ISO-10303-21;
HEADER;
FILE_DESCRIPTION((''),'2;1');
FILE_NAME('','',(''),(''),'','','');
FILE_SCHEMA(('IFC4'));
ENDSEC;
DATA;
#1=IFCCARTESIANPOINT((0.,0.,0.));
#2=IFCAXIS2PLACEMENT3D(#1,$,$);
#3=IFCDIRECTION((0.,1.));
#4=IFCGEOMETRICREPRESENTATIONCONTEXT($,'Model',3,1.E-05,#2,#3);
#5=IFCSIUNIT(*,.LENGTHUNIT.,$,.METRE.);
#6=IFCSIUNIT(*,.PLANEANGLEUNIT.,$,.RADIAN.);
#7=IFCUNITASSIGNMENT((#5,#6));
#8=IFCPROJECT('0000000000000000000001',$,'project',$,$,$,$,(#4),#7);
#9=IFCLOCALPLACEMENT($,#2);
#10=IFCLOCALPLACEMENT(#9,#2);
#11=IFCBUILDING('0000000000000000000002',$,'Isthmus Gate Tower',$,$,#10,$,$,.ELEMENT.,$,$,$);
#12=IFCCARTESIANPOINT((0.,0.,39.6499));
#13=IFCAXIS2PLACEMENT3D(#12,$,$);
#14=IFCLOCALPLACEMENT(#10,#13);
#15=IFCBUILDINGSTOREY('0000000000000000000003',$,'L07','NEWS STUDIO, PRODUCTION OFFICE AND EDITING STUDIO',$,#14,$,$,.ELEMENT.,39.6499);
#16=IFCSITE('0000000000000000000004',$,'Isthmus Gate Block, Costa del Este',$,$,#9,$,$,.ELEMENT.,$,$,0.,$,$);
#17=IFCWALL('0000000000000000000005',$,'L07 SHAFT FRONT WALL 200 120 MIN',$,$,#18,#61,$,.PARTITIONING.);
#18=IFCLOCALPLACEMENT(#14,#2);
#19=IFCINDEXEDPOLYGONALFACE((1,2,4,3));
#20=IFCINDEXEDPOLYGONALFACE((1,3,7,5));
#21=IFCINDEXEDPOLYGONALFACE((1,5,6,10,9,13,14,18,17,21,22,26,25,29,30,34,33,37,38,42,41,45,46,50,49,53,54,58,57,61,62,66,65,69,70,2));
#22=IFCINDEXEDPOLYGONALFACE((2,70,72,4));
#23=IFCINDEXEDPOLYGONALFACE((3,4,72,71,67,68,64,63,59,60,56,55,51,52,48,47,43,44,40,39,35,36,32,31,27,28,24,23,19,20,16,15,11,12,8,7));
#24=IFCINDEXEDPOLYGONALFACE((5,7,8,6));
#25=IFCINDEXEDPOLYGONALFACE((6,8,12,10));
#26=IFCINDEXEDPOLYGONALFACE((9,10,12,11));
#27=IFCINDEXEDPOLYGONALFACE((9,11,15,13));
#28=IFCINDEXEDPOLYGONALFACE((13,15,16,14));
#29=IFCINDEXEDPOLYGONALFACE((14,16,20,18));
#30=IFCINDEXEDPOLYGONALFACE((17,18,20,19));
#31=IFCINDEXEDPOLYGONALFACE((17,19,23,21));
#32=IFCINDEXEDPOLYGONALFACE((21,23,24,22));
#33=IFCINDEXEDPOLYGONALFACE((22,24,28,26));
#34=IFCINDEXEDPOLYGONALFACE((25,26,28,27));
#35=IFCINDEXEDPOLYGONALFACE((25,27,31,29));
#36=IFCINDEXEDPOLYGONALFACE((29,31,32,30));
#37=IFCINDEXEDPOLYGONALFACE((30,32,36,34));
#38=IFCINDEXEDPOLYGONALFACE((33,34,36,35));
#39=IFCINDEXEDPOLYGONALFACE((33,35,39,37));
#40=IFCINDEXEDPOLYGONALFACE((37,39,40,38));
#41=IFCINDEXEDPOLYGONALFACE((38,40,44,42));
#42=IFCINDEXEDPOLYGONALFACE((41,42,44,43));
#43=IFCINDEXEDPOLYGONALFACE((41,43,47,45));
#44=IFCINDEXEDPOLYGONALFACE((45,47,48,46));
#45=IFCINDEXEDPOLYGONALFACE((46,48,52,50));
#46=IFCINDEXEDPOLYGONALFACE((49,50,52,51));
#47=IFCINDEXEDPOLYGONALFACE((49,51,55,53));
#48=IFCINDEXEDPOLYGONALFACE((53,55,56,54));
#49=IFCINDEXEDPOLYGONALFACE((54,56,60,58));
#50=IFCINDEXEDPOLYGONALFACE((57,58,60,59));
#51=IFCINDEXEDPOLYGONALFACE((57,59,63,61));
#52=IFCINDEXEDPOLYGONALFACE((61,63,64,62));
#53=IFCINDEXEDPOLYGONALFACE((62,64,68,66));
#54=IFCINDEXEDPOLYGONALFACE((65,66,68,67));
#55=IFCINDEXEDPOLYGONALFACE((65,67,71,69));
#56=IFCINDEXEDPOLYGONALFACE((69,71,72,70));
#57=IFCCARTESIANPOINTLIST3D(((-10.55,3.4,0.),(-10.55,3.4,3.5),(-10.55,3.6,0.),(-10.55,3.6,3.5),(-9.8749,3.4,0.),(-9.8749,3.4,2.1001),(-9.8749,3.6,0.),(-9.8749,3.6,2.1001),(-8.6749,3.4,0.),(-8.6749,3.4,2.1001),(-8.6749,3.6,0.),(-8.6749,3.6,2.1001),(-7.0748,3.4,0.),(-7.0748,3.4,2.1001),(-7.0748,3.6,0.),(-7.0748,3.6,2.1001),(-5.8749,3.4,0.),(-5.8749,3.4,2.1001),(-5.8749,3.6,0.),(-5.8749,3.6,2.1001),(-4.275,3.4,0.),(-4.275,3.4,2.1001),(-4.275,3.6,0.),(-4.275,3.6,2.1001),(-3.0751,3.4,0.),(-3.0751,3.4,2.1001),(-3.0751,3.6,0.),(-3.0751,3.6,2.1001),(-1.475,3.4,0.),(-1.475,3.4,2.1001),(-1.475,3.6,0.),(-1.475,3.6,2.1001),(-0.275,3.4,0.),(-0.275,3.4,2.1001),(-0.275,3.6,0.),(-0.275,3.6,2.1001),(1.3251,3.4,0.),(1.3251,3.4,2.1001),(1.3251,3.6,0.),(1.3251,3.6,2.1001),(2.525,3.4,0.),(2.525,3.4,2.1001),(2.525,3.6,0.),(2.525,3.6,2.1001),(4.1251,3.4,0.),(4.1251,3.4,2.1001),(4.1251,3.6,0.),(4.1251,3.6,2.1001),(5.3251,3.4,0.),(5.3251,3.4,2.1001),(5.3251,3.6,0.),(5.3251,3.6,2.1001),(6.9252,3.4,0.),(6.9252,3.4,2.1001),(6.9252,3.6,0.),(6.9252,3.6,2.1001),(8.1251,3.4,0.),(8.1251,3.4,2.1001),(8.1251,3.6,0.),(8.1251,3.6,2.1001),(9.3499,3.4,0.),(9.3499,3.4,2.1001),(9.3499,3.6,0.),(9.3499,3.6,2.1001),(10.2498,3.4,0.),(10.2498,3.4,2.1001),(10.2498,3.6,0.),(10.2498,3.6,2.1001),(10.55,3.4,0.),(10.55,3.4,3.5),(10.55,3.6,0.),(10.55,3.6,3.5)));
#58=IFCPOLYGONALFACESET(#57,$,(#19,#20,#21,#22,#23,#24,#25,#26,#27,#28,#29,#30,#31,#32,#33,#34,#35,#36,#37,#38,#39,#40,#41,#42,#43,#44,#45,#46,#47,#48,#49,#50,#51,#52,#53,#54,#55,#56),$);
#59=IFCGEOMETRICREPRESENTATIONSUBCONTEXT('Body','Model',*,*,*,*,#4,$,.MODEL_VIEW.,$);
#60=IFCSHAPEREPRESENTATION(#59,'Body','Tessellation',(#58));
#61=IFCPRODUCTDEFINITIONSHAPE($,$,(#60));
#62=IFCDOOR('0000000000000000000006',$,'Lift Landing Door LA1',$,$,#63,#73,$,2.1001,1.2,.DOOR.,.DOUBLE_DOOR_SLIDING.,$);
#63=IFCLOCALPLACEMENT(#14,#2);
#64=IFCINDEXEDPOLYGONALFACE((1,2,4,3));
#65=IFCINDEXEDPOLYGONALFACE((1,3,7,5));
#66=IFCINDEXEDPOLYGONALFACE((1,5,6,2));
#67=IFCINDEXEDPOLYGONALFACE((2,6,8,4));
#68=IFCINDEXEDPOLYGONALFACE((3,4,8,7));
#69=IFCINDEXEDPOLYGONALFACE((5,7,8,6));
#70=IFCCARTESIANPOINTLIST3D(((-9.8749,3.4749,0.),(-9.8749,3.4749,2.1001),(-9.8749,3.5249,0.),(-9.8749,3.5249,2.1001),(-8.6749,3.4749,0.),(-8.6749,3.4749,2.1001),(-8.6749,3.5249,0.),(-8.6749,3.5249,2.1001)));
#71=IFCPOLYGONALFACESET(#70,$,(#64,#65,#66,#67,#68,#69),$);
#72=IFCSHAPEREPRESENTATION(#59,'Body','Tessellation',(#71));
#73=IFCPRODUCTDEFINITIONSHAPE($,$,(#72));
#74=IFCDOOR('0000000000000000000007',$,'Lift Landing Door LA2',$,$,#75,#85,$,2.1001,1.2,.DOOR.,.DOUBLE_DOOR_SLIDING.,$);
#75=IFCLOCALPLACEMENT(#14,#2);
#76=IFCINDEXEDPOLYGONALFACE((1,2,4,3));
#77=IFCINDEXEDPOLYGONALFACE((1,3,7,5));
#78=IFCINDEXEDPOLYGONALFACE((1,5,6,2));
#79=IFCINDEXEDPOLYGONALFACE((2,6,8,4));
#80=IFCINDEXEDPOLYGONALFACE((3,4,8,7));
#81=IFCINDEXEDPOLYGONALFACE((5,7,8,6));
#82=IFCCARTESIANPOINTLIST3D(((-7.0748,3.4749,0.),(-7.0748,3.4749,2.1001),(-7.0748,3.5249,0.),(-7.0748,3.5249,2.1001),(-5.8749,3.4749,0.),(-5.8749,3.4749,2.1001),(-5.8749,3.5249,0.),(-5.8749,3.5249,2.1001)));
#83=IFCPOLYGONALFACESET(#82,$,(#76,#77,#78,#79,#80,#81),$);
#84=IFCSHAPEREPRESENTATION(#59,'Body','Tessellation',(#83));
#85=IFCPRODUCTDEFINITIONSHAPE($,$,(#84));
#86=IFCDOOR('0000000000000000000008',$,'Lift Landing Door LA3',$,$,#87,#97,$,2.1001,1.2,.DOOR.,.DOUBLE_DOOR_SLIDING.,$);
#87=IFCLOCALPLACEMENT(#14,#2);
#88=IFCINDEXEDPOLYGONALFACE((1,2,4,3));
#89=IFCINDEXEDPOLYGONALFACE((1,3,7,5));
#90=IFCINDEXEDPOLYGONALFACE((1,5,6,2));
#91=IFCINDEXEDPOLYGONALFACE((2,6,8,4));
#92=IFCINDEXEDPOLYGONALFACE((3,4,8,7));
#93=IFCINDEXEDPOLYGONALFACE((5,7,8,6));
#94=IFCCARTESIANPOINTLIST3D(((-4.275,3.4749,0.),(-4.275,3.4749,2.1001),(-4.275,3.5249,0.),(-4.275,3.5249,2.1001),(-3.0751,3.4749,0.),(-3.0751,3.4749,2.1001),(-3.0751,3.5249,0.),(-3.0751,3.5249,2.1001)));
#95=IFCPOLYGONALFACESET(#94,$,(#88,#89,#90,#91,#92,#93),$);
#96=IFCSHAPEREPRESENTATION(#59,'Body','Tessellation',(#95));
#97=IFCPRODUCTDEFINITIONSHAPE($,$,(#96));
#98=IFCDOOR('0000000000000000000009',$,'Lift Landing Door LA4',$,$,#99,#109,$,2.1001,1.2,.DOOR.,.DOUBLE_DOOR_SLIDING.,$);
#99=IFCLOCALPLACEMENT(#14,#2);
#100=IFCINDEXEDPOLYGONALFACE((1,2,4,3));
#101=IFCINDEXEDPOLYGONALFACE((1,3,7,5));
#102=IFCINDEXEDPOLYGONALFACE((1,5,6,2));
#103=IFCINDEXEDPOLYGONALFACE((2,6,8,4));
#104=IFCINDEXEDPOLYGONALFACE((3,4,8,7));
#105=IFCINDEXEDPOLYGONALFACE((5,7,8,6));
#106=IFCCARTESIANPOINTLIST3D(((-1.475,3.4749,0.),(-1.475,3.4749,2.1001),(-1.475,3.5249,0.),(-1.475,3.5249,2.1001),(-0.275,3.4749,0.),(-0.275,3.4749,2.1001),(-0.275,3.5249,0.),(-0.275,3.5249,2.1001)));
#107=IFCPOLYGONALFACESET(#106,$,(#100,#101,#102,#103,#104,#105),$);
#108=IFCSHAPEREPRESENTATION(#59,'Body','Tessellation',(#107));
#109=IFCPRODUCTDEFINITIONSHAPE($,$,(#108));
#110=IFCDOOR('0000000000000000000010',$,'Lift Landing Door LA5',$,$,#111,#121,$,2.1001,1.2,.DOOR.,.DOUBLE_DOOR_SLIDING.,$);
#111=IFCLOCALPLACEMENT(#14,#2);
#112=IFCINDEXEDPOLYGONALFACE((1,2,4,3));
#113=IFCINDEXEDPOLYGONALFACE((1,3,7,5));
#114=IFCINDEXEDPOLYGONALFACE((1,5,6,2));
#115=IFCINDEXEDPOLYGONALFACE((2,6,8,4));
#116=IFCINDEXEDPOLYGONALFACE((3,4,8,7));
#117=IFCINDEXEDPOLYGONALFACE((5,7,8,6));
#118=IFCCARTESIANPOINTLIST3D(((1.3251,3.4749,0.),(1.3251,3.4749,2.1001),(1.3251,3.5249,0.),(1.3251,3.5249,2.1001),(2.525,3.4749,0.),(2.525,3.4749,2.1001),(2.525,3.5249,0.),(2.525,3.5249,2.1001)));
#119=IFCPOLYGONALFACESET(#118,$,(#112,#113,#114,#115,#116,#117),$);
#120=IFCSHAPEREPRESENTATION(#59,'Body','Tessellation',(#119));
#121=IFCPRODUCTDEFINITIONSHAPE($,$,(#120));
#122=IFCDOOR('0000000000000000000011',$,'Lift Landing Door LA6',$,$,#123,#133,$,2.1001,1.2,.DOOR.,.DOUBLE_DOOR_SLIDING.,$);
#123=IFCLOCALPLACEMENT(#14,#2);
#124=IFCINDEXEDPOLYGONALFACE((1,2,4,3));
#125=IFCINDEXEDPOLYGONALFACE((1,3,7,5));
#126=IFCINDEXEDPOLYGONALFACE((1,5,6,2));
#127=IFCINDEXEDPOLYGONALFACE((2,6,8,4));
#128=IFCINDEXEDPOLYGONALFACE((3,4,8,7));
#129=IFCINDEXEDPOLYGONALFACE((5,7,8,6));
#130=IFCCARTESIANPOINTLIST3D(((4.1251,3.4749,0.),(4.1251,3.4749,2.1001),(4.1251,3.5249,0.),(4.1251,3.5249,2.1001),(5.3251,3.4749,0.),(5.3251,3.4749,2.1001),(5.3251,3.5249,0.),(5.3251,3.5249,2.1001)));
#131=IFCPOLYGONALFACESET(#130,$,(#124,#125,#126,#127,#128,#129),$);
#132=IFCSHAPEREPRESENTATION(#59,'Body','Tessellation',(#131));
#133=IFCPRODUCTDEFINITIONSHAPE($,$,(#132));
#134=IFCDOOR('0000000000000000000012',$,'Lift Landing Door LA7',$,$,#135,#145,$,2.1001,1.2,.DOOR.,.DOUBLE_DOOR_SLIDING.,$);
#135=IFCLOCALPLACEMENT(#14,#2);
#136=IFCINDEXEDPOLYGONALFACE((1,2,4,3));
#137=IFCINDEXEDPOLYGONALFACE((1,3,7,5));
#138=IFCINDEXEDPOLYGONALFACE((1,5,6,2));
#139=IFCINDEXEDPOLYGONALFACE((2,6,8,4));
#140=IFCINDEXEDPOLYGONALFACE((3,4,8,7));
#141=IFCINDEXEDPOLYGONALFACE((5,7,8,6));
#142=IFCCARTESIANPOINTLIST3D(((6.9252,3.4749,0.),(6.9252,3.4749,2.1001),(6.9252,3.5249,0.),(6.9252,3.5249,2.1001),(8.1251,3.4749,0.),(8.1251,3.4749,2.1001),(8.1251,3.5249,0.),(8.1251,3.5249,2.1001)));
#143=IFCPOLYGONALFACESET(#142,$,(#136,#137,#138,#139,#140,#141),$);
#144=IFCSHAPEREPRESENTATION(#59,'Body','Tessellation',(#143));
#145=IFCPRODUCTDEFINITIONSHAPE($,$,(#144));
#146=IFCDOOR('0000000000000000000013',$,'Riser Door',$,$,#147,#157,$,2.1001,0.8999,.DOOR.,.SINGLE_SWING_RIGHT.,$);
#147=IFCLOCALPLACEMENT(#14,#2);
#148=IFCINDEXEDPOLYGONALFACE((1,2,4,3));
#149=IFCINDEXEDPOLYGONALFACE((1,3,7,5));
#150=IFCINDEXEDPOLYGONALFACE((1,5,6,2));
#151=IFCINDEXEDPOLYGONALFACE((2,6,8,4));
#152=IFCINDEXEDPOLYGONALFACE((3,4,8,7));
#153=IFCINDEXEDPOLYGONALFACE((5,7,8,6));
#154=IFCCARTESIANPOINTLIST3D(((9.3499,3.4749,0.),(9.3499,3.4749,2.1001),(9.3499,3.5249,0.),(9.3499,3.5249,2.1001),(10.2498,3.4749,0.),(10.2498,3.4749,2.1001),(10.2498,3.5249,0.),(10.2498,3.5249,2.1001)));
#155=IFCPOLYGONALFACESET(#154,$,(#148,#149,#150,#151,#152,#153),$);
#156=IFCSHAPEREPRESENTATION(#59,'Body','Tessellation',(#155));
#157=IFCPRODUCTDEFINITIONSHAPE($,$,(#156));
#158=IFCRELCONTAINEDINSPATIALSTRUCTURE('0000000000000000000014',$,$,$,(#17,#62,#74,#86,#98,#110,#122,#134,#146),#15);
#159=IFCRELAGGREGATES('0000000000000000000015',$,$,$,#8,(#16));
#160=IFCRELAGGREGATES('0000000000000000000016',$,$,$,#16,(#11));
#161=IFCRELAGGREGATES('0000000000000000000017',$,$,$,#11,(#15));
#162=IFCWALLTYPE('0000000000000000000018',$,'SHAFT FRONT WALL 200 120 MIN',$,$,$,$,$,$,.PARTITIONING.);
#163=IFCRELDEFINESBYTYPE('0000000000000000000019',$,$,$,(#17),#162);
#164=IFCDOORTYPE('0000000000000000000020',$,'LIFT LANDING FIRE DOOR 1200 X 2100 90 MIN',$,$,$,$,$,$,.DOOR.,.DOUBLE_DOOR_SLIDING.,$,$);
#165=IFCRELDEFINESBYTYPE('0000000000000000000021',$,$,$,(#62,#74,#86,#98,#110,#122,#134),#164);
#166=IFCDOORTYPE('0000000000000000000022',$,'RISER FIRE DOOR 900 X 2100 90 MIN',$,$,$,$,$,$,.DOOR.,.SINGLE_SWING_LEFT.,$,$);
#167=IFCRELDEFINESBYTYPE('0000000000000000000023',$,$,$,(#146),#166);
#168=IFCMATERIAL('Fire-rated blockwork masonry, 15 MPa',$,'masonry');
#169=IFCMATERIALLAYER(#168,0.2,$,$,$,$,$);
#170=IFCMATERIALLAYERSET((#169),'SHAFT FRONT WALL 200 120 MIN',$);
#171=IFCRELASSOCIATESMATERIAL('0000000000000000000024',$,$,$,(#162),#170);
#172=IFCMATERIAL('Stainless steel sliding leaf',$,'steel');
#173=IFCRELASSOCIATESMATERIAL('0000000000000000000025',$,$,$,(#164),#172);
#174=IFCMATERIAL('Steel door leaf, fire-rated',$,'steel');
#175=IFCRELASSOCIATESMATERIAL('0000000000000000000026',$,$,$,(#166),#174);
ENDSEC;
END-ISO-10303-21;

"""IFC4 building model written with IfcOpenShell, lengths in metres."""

from ifc_helpers import new_model, si_unit, direction, frame, frame_2d, origin, place, context, subcontext, project, spatial, rectangle, extrude, material, layer, layer_set, type_object, element, fill, save


model = new_model("IFC4")

# Units and contexts
model_context = context("Model", 3, precision=1e-05, world=origin(), true_north=direction((0.0, 1.0)))
body_context = subcontext(model_context, "Body", "Model", "MODEL_VIEW")
ifc_project = project(units=[si_unit("LENGTHUNIT", "METRE"), si_unit("PLANEANGLEUNIT", "RADIAN")], contexts=[model_context])

# Site, building, storey
site_placement = place(None, origin())
site = spatial("IfcSite", under=ifc_project, at=site_placement, Name="Isthmus Gate Block, Costa del Este", CompositionType="ELEMENT", RefElevation=0.0)
building_placement = place(site_placement, origin())
building = spatial("IfcBuilding", under=site, at=building_placement, Name="Isthmus Gate Tower", CompositionType="ELEMENT")
storey_placement = place(building_placement, frame((0.0, 0.0, 39.6499)))
storey = spatial("IfcBuildingStorey", under=building, at=storey_placement, Name="L07", Description="NEWS STUDIO, PRODUCTION OFFICE AND EDITING STUDIO", CompositionType="ELEMENT", Elevation=39.6499)

# Wall, openings, doors
ifc_material_1 = material(Name="Fire-rated blockwork masonry, 15 MPa", Category="masonry")
ifc_layer_1 = layer(ifc_material_1, 0.2)
ifc_layer_set_1 = layer_set([ifc_layer_1], Name="SHAFT FRONT WALL 200 120 MIN")
wall_type_1 = type_object("IfcWallType", Name="SHAFT FRONT WALL 200 120 MIN", PredefinedType="PARTITIONING", material=ifc_layer_set_1)
wall_1_placement = place(storey_placement, frame((-10.55, 3.5, 0.0), z_axis=(0.0, 0.0, 1.0), x_axis=(1.0, 0.0, 0.0)))
wall_1 = element("IfcWall", 1, at=wall_1_placement, inside=storey, type_object=wall_type_1, Name="L07 SHAFT FRONT WALL 200 120 MIN", PredefinedType="PARTITIONING", context=body_context, shape_type="SweptSolid", body=[
    extrude(rectangle(XDim=21.1001, YDim=0.2, at=frame_2d((10.55, 0.0))), origin(), (0.0, 0.0, 1.0), 3.5),
])
opening_1_placement = place(wall_1_placement, frame((0.675, 0.0, 0.0)))
opening_1 = element("IfcOpeningElement", 2, at=opening_1_placement, cuts=wall_1, PredefinedType="OPENING", context=body_context, shape_type="SweptSolid", body=[
    extrude(rectangle(XDim=1.2, YDim=2.1001, at=frame_2d((0.6001, 1.05))), frame((0.0, 0.1099, 0.0), z_axis=(0.0, -1.0, 0.0), x_axis=(1.0, 0.0, 0.0)), (0.0, 0.0, 1.0), 0.22),
])
opening_2_placement = place(wall_1_placement, frame((3.4751, 0.0, 0.0)))
opening_2 = element("IfcOpeningElement", 3, at=opening_2_placement, cuts=wall_1, PredefinedType="OPENING", context=body_context, shape_type="SweptSolid", body=[
    extrude(rectangle(XDim=1.2, YDim=2.1001, at=frame_2d((0.6001, 1.05))), frame((0.0, 0.1099, 0.0), z_axis=(0.0, -1.0, 0.0), x_axis=(1.0, 0.0, 0.0)), (0.0, 0.0, 1.0), 0.22),
])
opening_3_placement = place(wall_1_placement, frame((6.2749, 0.0, 0.0)))
opening_3 = element("IfcOpeningElement", 4, at=opening_3_placement, cuts=wall_1, PredefinedType="OPENING", context=body_context, shape_type="SweptSolid", body=[
    extrude(rectangle(XDim=1.2, YDim=2.1001, at=frame_2d((0.6001, 1.05))), frame((0.0, 0.1099, 0.0), z_axis=(0.0, -1.0, 0.0), x_axis=(1.0, 0.0, 0.0)), (0.0, 0.0, 1.0), 0.22),
])
opening_4_placement = place(wall_1_placement, frame((9.075, 0.0, 0.0)))
opening_4 = element("IfcOpeningElement", 5, at=opening_4_placement, cuts=wall_1, PredefinedType="OPENING", context=body_context, shape_type="SweptSolid", body=[
    extrude(rectangle(XDim=1.2, YDim=2.1001, at=frame_2d((0.6001, 1.05))), frame((0.0, 0.1099, 0.0), z_axis=(0.0, -1.0, 0.0), x_axis=(1.0, 0.0, 0.0)), (0.0, 0.0, 1.0), 0.22),
])
opening_5_placement = place(wall_1_placement, frame((11.875, 0.0, 0.0)))
opening_5 = element("IfcOpeningElement", 6, at=opening_5_placement, cuts=wall_1, PredefinedType="OPENING", context=body_context, shape_type="SweptSolid", body=[
    extrude(rectangle(XDim=1.2, YDim=2.1001, at=frame_2d((0.6001, 1.05))), frame((0.0, 0.1099, 0.0), z_axis=(0.0, -1.0, 0.0), x_axis=(1.0, 0.0, 0.0)), (0.0, 0.0, 1.0), 0.22),
])
opening_6_placement = place(wall_1_placement, frame((14.675, 0.0, 0.0)))
opening_6 = element("IfcOpeningElement", 7, at=opening_6_placement, cuts=wall_1, PredefinedType="OPENING", context=body_context, shape_type="SweptSolid", body=[
    extrude(rectangle(XDim=1.2, YDim=2.1001, at=frame_2d((0.6001, 1.05))), frame((0.0, 0.1099, 0.0), z_axis=(0.0, -1.0, 0.0), x_axis=(1.0, 0.0, 0.0)), (0.0, 0.0, 1.0), 0.22),
])
opening_7_placement = place(wall_1_placement, frame((17.4751, 0.0, 0.0)))
opening_7 = element("IfcOpeningElement", 8, at=opening_7_placement, cuts=wall_1, PredefinedType="OPENING", context=body_context, shape_type="SweptSolid", body=[
    extrude(rectangle(XDim=1.2, YDim=2.1001, at=frame_2d((0.6001, 1.05))), frame((0.0, 0.1099, 0.0), z_axis=(0.0, -1.0, 0.0), x_axis=(1.0, 0.0, 0.0)), (0.0, 0.0, 1.0), 0.22),
])
opening_8_placement = place(wall_1_placement, frame((19.8999, 0.0, 0.0)))
opening_8 = element("IfcOpeningElement", 9, at=opening_8_placement, cuts=wall_1, PredefinedType="OPENING", context=body_context, shape_type="SweptSolid", body=[
    extrude(rectangle(XDim=0.8999, YDim=2.1001, at=frame_2d((0.45, 1.05))), frame((0.0, 0.1099, 0.0), z_axis=(0.0, -1.0, 0.0), x_axis=(1.0, 0.0, 0.0)), (0.0, 0.0, 1.0), 0.22),
])
ifc_material_2 = material(Name="Stainless steel sliding leaf", Category="steel")
door_type_1 = type_object("IfcDoorType", Name="LIFT LANDING FIRE DOOR 1200 X 2100 90 MIN", OperationType="DOUBLE_DOOR_SLIDING", PredefinedType="DOOR", material=ifc_material_2)
door_1_placement = place(opening_1_placement, origin())
door_1 = element("IfcDoor", 10, at=door_1_placement, inside=storey, type_object=door_type_1, Name="Lift Landing Door LA1", OperationType="DOUBLE_DOOR_SLIDING", OverallHeight=2.1001, OverallWidth=1.2, PredefinedType="DOOR", context=body_context, shape_type="SweptSolid", body=[
    extrude(rectangle(XDim=1.2, YDim=2.1001, at=frame_2d((0.6001, 1.05))), frame((0.0, 0.0249, 0.0), z_axis=(0.0, -1.0, 0.0), x_axis=(1.0, 0.0, 0.0)), (0.0, 0.0, 1.0), 0.05),
])
fill(opening_1, door_1)
door_2_placement = place(opening_2_placement, origin())
door_2 = element("IfcDoor", 11, at=door_2_placement, inside=storey, type_object=door_type_1, Name="Lift Landing Door LA2", OperationType="DOUBLE_DOOR_SLIDING", OverallHeight=2.1001, OverallWidth=1.2, PredefinedType="DOOR", context=body_context, shape_type="SweptSolid", body=[
    extrude(rectangle(XDim=1.2, YDim=2.1001, at=frame_2d((0.6001, 1.05))), frame((0.0, 0.0249, 0.0), z_axis=(0.0, -1.0, 0.0), x_axis=(1.0, 0.0, 0.0)), (0.0, 0.0, 1.0), 0.05),
])
fill(opening_2, door_2)
door_3_placement = place(opening_3_placement, origin())
door_3 = element("IfcDoor", 12, at=door_3_placement, inside=storey, type_object=door_type_1, Name="Lift Landing Door LA3", OperationType="DOUBLE_DOOR_SLIDING", OverallHeight=2.1001, OverallWidth=1.2, PredefinedType="DOOR", context=body_context, shape_type="SweptSolid", body=[
    extrude(rectangle(XDim=1.2, YDim=2.1001, at=frame_2d((0.6001, 1.05))), frame((0.0, 0.0249, 0.0), z_axis=(0.0, -1.0, 0.0), x_axis=(1.0, 0.0, 0.0)), (0.0, 0.0, 1.0), 0.05),
])
fill(opening_3, door_3)
door_4_placement = place(opening_4_placement, origin())
door_4 = element("IfcDoor", 13, at=door_4_placement, inside=storey, type_object=door_type_1, Name="Lift Landing Door LA4", OperationType="DOUBLE_DOOR_SLIDING", OverallHeight=2.1001, OverallWidth=1.2, PredefinedType="DOOR", context=body_context, shape_type="SweptSolid", body=[
    extrude(rectangle(XDim=1.2, YDim=2.1001, at=frame_2d((0.6001, 1.05))), frame((0.0, 0.0249, 0.0), z_axis=(0.0, -1.0, 0.0), x_axis=(1.0, 0.0, 0.0)), (0.0, 0.0, 1.0), 0.05),
])
fill(opening_4, door_4)
door_5_placement = place(opening_5_placement, origin())
door_5 = element("IfcDoor", 14, at=door_5_placement, inside=storey, type_object=door_type_1, Name="Lift Landing Door LA5", OperationType="DOUBLE_DOOR_SLIDING", OverallHeight=2.1001, OverallWidth=1.2, PredefinedType="DOOR", context=body_context, shape_type="SweptSolid", body=[
    extrude(rectangle(XDim=1.2, YDim=2.1001, at=frame_2d((0.6001, 1.05))), frame((0.0, 0.0249, 0.0), z_axis=(0.0, -1.0, 0.0), x_axis=(1.0, 0.0, 0.0)), (0.0, 0.0, 1.0), 0.05),
])
fill(opening_5, door_5)
door_6_placement = place(opening_6_placement, origin())
door_6 = element("IfcDoor", 15, at=door_6_placement, inside=storey, type_object=door_type_1, Name="Lift Landing Door LA6", OperationType="DOUBLE_DOOR_SLIDING", OverallHeight=2.1001, OverallWidth=1.2, PredefinedType="DOOR", context=body_context, shape_type="SweptSolid", body=[
    extrude(rectangle(XDim=1.2, YDim=2.1001, at=frame_2d((0.6001, 1.05))), frame((0.0, 0.0249, 0.0), z_axis=(0.0, -1.0, 0.0), x_axis=(1.0, 0.0, 0.0)), (0.0, 0.0, 1.0), 0.05),
])
fill(opening_6, door_6)
door_7_placement = place(opening_7_placement, origin())
door_7 = element("IfcDoor", 16, at=door_7_placement, inside=storey, type_object=door_type_1, Name="Lift Landing Door LA7", OperationType="DOUBLE_DOOR_SLIDING", OverallHeight=2.1001, OverallWidth=1.2, PredefinedType="DOOR", context=body_context, shape_type="SweptSolid", body=[
    extrude(rectangle(XDim=1.2, YDim=2.1001, at=frame_2d((0.6001, 1.05))), frame((0.0, 0.0249, 0.0), z_axis=(0.0, -1.0, 0.0), x_axis=(1.0, 0.0, 0.0)), (0.0, 0.0, 1.0), 0.05),
])
fill(opening_7, door_7)
ifc_material_3 = material(Name="Steel door leaf, fire-rated", Category="steel")
door_type_2 = type_object("IfcDoorType", Name="RISER FIRE DOOR 900 X 2100 90 MIN", OperationType="SINGLE_SWING_LEFT", PredefinedType="DOOR", material=ifc_material_3)
door_8_placement = place(opening_8_placement, origin())
door_8 = element("IfcDoor", 17, at=door_8_placement, inside=storey, type_object=door_type_2, Name="Riser Door", OperationType="SINGLE_SWING_RIGHT", OverallHeight=2.1001, OverallWidth=0.8999, PredefinedType="DOOR", context=body_context, shape_type="SweptSolid", body=[
    extrude(rectangle(XDim=0.8999, YDim=2.1001, at=frame_2d((0.45, 1.05))), frame((0.0, 0.0249, 0.0), z_axis=(0.0, -1.0, 0.0), x_axis=(1.0, 0.0, 0.0)), (0.0, 0.0, 1.0), 0.05),
])
fill(opening_8, door_8)

save(model, "model.ifc")
